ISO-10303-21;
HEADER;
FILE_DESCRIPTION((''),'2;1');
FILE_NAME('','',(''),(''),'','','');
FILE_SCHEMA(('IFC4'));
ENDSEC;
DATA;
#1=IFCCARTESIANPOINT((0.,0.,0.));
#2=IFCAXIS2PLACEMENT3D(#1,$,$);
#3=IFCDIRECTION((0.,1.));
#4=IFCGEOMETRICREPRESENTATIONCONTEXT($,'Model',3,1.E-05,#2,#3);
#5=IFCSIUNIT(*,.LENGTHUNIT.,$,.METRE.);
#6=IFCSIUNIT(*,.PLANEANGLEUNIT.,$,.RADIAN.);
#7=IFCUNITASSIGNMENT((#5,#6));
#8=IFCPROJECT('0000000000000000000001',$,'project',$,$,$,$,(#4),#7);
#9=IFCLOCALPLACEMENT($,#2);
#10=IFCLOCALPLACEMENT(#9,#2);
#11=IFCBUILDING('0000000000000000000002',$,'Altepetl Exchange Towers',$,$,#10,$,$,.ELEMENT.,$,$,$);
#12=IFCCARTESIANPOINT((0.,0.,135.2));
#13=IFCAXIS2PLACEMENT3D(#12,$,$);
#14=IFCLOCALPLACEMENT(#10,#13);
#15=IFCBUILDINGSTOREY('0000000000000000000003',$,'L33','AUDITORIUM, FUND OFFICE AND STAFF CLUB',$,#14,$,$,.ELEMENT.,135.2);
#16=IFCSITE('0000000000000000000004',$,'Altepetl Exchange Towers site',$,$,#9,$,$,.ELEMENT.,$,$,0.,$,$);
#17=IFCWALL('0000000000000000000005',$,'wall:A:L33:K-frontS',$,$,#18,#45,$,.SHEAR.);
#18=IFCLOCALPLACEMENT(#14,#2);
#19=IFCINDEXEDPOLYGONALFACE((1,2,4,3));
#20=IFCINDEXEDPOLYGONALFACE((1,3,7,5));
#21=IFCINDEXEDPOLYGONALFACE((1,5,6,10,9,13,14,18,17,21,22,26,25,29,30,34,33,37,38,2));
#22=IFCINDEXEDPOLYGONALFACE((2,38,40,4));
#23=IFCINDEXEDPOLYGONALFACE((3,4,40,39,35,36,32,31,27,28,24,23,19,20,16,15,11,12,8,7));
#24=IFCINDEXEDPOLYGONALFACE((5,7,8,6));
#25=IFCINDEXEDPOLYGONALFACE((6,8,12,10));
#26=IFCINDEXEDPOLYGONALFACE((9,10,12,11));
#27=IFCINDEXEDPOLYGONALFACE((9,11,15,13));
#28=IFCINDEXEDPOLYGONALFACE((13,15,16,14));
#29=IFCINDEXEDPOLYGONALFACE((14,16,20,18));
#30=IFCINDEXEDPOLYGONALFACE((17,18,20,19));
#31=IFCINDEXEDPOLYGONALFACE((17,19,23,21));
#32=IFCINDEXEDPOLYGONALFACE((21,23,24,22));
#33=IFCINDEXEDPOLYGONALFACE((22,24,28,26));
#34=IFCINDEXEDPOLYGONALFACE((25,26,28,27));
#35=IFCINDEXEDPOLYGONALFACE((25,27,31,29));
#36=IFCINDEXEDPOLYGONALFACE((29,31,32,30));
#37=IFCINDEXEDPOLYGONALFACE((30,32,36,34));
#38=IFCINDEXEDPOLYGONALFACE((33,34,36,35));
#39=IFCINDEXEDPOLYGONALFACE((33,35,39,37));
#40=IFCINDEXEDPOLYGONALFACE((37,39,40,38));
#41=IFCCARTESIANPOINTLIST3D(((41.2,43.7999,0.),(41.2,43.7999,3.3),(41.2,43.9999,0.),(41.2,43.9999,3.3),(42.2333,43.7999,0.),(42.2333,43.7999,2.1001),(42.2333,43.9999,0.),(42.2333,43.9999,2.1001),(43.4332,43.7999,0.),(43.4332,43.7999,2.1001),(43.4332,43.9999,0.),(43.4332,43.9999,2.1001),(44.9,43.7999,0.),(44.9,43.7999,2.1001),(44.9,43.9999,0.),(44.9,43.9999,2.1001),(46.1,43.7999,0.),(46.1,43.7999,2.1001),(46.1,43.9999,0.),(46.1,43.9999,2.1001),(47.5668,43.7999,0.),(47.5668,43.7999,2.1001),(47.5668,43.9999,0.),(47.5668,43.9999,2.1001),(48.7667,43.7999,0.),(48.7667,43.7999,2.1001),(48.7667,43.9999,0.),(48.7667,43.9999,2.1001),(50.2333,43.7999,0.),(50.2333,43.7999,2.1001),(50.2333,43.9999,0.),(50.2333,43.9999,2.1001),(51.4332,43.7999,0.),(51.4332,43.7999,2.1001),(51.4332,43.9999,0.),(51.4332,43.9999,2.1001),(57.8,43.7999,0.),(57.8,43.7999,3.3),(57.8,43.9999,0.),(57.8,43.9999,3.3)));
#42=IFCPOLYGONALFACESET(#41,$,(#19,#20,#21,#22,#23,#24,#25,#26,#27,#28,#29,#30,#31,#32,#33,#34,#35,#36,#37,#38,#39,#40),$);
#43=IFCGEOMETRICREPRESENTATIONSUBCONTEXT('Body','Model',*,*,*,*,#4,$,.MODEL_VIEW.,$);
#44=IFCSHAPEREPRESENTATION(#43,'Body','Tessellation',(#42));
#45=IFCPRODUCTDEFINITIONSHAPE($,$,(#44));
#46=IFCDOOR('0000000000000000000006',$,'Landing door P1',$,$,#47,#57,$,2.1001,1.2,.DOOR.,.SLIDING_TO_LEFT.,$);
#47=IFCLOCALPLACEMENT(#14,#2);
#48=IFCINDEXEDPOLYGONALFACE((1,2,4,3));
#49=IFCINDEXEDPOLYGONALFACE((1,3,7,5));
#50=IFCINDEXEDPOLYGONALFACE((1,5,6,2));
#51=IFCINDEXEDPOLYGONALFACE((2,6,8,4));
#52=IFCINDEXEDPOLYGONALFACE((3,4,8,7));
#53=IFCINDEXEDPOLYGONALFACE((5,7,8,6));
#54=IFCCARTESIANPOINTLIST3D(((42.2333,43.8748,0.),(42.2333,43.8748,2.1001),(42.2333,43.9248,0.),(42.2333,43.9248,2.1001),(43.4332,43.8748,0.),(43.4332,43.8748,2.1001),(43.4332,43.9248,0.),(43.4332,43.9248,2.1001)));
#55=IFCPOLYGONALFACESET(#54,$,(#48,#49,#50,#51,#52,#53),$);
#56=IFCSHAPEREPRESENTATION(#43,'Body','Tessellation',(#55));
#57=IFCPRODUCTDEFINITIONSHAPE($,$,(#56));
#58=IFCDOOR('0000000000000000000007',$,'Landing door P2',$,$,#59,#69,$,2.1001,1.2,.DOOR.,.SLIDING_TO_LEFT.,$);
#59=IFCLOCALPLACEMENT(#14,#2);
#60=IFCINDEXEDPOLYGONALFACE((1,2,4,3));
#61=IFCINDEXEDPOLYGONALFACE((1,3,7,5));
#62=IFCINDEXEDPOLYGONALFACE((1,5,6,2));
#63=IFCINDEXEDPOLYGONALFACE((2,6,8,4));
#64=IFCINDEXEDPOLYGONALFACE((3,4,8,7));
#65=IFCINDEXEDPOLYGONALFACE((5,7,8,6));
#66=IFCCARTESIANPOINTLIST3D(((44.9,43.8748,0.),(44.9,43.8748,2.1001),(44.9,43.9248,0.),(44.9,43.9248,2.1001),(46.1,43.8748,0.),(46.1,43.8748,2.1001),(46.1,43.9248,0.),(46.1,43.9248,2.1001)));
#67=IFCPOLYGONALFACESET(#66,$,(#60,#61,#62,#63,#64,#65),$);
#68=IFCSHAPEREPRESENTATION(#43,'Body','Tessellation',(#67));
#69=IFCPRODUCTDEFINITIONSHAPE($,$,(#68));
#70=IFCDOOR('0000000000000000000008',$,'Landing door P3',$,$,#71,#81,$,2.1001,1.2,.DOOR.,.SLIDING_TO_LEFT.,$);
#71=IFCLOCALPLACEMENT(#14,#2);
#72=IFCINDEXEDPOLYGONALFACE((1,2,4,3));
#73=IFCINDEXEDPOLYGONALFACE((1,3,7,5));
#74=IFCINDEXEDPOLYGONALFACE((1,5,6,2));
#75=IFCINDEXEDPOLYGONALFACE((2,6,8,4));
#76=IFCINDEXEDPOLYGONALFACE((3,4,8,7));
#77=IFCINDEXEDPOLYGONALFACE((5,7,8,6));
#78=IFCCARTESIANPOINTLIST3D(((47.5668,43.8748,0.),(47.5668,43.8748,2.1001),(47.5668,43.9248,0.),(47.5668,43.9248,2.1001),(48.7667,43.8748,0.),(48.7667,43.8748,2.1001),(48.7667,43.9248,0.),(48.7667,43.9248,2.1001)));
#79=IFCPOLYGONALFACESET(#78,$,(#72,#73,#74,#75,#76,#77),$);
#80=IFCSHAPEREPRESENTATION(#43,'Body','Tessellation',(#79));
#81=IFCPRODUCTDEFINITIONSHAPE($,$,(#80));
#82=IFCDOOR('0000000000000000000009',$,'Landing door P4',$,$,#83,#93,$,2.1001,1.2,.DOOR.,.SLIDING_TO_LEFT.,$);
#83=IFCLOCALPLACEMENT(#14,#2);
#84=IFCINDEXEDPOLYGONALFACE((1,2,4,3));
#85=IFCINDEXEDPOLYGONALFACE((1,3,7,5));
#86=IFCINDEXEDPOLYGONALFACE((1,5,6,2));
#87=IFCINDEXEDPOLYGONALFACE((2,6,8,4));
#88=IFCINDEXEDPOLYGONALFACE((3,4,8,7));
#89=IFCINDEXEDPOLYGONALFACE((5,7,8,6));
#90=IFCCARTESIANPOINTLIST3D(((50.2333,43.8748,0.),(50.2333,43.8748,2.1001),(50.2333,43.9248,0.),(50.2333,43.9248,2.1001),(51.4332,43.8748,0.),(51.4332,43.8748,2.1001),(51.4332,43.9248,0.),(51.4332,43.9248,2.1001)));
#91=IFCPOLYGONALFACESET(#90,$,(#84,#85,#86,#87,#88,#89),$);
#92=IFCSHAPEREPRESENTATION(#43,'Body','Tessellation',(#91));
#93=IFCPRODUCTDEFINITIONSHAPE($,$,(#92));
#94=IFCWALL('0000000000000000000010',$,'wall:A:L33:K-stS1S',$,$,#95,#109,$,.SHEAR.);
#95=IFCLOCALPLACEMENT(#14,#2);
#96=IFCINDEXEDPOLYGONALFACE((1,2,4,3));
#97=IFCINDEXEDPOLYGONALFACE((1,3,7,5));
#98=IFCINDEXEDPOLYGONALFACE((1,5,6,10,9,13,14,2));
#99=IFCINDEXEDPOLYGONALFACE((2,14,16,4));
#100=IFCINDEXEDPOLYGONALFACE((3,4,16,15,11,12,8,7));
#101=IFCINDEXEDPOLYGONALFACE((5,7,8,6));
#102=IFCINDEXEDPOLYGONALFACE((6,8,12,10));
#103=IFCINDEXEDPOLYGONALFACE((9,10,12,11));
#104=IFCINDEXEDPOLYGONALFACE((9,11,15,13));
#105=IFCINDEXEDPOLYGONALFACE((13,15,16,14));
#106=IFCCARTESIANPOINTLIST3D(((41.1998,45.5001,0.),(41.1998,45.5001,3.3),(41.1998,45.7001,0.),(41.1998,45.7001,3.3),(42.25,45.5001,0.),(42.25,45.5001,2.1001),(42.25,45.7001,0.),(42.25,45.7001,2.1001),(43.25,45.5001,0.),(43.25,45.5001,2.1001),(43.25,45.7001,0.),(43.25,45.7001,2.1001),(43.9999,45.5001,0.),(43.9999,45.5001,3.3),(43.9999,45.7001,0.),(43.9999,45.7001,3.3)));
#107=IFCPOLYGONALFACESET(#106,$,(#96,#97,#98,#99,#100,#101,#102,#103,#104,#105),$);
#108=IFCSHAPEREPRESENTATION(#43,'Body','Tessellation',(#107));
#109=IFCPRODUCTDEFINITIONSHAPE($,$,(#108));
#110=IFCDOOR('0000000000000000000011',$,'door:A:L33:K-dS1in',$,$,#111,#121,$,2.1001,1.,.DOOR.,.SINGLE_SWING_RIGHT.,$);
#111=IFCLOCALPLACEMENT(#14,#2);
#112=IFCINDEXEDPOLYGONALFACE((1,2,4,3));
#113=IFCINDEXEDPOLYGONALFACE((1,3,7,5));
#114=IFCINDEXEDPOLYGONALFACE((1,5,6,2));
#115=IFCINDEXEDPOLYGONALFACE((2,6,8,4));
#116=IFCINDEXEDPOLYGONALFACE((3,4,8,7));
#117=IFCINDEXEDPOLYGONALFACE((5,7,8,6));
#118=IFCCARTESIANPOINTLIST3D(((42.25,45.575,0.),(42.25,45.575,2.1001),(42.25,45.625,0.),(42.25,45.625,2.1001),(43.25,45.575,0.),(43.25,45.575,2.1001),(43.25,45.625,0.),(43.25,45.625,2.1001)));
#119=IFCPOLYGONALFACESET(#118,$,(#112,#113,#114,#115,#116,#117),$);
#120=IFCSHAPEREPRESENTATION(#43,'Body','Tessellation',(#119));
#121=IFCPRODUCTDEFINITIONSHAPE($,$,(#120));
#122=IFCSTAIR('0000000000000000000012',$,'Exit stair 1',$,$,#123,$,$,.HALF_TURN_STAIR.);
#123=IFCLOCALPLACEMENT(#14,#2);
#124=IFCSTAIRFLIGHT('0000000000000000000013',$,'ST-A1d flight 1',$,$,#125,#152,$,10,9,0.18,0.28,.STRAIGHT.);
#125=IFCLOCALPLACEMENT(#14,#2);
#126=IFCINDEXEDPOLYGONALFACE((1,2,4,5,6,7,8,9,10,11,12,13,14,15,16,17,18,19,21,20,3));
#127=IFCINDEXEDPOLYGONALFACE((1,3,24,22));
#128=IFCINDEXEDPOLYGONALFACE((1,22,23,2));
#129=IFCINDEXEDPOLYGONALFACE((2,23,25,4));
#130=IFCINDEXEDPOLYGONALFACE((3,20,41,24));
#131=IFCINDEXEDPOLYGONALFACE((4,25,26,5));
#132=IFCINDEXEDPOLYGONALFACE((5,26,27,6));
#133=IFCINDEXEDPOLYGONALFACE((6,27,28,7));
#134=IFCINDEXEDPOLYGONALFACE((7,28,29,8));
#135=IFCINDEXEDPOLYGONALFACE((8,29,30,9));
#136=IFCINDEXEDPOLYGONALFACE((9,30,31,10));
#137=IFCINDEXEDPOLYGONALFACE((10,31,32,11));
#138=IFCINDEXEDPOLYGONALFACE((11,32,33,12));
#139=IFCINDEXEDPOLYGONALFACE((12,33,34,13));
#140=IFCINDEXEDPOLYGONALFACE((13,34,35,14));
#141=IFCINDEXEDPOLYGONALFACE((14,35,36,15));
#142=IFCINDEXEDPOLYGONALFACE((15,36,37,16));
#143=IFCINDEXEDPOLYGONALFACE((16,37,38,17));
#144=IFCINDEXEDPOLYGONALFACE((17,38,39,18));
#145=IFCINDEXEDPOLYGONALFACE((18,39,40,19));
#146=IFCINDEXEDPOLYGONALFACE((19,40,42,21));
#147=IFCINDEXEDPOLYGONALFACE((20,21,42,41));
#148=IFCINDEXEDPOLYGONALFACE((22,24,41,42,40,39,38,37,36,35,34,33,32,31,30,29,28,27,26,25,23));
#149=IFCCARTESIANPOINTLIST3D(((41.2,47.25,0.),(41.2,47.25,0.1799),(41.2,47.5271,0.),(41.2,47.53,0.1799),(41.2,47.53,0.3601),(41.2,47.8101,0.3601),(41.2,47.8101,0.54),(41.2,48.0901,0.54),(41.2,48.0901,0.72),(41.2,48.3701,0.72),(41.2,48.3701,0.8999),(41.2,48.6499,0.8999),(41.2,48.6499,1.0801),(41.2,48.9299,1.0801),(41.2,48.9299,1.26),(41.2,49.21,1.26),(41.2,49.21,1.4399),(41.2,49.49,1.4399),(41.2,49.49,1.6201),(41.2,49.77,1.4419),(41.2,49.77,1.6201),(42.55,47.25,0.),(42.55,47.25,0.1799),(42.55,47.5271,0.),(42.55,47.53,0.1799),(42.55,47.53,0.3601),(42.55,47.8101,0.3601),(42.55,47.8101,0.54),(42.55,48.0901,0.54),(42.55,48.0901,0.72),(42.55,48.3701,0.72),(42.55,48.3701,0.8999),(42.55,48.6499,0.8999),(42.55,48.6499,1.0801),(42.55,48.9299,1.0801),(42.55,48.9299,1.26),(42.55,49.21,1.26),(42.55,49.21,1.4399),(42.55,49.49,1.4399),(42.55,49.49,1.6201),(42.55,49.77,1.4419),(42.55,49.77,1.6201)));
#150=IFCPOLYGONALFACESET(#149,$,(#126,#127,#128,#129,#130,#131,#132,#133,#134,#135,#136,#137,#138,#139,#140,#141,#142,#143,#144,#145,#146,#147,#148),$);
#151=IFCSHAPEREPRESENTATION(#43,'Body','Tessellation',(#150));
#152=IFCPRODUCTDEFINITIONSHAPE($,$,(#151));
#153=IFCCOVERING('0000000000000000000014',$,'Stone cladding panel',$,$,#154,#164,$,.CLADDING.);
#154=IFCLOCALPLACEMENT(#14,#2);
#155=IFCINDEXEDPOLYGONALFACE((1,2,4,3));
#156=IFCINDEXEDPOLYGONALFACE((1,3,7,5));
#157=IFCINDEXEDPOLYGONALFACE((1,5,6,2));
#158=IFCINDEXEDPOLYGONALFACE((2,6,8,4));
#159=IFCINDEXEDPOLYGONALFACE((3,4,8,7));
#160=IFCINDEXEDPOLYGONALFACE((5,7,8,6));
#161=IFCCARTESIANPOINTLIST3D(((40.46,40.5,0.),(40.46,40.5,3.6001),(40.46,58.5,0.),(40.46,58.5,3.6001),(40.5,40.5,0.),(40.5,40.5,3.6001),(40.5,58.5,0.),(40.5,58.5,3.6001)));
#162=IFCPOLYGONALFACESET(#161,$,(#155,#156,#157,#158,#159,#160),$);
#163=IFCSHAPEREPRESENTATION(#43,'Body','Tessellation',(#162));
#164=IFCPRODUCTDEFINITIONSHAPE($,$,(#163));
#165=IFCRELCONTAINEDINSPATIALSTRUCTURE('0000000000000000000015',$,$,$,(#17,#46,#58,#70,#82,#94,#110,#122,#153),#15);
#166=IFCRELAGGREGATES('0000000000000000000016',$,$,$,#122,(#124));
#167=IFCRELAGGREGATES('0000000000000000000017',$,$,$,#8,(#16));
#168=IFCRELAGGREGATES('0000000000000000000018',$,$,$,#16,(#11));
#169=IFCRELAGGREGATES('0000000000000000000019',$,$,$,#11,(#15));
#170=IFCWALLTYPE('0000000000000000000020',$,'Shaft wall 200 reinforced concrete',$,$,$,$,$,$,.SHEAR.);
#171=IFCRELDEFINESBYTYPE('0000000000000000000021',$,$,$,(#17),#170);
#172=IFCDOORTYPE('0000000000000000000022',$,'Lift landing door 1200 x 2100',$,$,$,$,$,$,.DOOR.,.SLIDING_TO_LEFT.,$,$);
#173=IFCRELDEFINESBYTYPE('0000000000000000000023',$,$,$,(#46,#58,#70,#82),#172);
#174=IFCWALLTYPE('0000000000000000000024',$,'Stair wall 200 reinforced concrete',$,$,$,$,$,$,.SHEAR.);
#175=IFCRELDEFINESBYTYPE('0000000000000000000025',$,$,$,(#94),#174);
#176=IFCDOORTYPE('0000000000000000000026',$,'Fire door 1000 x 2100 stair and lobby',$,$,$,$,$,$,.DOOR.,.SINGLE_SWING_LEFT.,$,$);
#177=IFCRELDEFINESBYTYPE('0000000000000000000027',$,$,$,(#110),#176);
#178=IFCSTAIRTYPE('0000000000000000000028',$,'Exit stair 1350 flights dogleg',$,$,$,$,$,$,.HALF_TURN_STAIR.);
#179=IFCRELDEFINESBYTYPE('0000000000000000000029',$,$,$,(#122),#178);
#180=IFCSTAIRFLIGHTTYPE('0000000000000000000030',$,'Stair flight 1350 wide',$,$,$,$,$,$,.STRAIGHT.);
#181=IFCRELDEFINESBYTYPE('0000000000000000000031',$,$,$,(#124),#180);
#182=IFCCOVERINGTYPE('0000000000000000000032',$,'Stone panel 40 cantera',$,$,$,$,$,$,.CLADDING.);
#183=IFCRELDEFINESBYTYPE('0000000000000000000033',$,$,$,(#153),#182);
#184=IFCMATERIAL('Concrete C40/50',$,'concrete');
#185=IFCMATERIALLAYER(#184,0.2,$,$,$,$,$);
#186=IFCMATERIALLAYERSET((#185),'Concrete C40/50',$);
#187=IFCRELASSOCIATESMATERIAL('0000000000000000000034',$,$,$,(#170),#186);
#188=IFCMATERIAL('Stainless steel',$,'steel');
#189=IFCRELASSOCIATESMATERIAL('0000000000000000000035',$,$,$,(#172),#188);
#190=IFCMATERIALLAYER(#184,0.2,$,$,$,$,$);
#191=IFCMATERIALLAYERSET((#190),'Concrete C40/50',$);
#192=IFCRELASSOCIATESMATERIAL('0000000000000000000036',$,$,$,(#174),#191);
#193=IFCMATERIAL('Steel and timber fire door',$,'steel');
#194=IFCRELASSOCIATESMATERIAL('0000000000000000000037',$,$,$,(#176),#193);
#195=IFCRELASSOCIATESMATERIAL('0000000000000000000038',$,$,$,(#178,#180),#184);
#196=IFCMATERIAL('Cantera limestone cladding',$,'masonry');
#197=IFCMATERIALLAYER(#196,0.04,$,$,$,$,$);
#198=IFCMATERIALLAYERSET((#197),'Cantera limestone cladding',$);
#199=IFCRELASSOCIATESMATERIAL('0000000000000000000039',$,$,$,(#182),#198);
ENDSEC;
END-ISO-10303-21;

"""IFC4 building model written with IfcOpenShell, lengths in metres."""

from ifc_helpers import new_model, si_unit, direction, frame, frame_2d, origin, origin_2d, place, context, subcontext, project, spatial, polyline, rectangle, outline, extrude, material, layer, layer_set, type_object, element, fill, aggregate, save


model = new_model("IFC4")

# Units and contexts
model_context = context("Model", 3, precision=1e-05, world=origin(), true_north=direction((0.0, 1.0)))
body_context = subcontext(model_context, "Body", "Model", "MODEL_VIEW")
ifc_project = project(units=[si_unit("LENGTHUNIT", "METRE"), si_unit("PLANEANGLEUNIT", "RADIAN")], contexts=[model_context])

# Site, building, storey
site_placement = place(None, origin())
site = spatial("IfcSite", under=ifc_project, at=site_placement, Name="Altepetl Exchange Towers site", CompositionType="ELEMENT", RefElevation=0.0)
building_placement = place(site_placement, origin())
building = spatial("IfcBuilding", under=site, at=building_placement, Name="Altepetl Exchange Towers", CompositionType="ELEMENT")
storey_placement = place(building_placement, frame((0.0, 0.0, 135.2)))
storey = spatial("IfcBuildingStorey", under=building, at=storey_placement, Name="L33", Description="AUDITORIUM, FUND OFFICE AND STAFF CLUB", CompositionType="ELEMENT", Elevation=135.2)

# Wall, openings, doors
ifc_material_1 = material(Name="Concrete C40/50", Category="concrete")
ifc_layer_1 = layer(ifc_material_1, 0.2)
ifc_layer_set_1 = layer_set([ifc_layer_1], Name="Concrete C40/50")
wall_type_1 = type_object("IfcWallType", Name="Shaft wall 200 reinforced concrete", PredefinedType="SHEAR", material=ifc_layer_set_1)
wall_1_placement = place(storey_placement, frame((41.2, 43.8999, 0.0)))
wall_1 = element("IfcWall", 1, at=wall_1_placement, inside=storey, type_object=wall_type_1, Name="wall:A:L33:K-frontS", PredefinedType="SHEAR", context=body_context, shape_type="SweptSolid", body=[
    extrude(rectangle(XDim=16.6001, YDim=0.2, at=frame_2d((8.3, 0.0))), origin(), (0.0, 0.0, 1.0), 3.3),
])
opening_1_placement = place(wall_1_placement, frame((1.0332, 0.0, 0.0)))
opening_1 = element("IfcOpeningElement", 2, at=opening_1_placement, cuts=wall_1, PredefinedType="OPENING", context=body_context, shape_type="SweptSolid", body=[
    extrude(rectangle(XDim=1.2, YDim=2.1001, at=frame_2d((0.6001, 1.05))), frame((0.0, 0.1099, 0.0), z_axis=(0.0, -1.0, 0.0), x_axis=(1.0, 0.0, 0.0)), (0.0, 0.0, 1.0), 0.22),
])
opening_2_placement = place(wall_1_placement, frame((3.7, 0.0, 0.0)))
opening_2 = element("IfcOpeningElement", 3, at=opening_2_placement, cuts=wall_1, PredefinedType="OPENING", context=body_context, shape_type="SweptSolid", body=[
    extrude(rectangle(XDim=1.2, YDim=2.1001, at=frame_2d((0.6001, 1.05))), frame((0.0, 0.1099, 0.0), z_axis=(0.0, -1.0, 0.0), x_axis=(1.0, 0.0, 0.0)), (0.0, 0.0, 1.0), 0.22),
])
opening_3_placement = place(wall_1_placement, frame((6.3667, 0.0, 0.0)))
opening_3 = element("IfcOpeningElement", 4, at=opening_3_placement, cuts=wall_1, PredefinedType="OPENING", context=body_context, shape_type="SweptSolid", body=[
    extrude(rectangle(XDim=1.2, YDim=2.1001, at=frame_2d((0.6001, 1.05))), frame((0.0, 0.1099, 0.0), z_axis=(0.0, -1.0, 0.0), x_axis=(1.0, 0.0, 0.0)), (0.0, 0.0, 1.0), 0.22),
])
opening_4_placement = place(wall_1_placement, frame((9.0332, 0.0, 0.0)))
opening_4 = element("IfcOpeningElement", 5, at=opening_4_placement, cuts=wall_1, PredefinedType="OPENING", context=body_context, shape_type="SweptSolid", body=[
    extrude(rectangle(XDim=1.2, YDim=2.1001, at=frame_2d((0.6001, 1.05))), frame((0.0, 0.1099, 0.0), z_axis=(0.0, -1.0, 0.0), x_axis=(1.0, 0.0, 0.0)), (0.0, 0.0, 1.0), 0.22),
])
ifc_material_2 = material(Name="Stainless steel", Category="steel")
door_type_1 = type_object("IfcDoorType", Name="Lift landing door 1200 x 2100", OperationType="SLIDING_TO_LEFT", PredefinedType="DOOR", material=ifc_material_2)
door_1_placement = place(opening_1_placement, origin())
door_1 = element("IfcDoor", 6, at=door_1_placement, inside=storey, type_object=door_type_1, Name="Landing door P1", OperationType="SLIDING_TO_LEFT", OverallHeight=2.1001, OverallWidth=1.2, PredefinedType="DOOR", context=body_context, shape_type="SweptSolid", body=[
    extrude(rectangle(XDim=1.2, YDim=2.1001, at=frame_2d((0.6001, 1.05))), frame((0.0, 0.0249, 0.0), z_axis=(0.0, -1.0, 0.0), x_axis=(1.0, 0.0, 0.0)), (0.0, 0.0, 1.0), 0.05),
])
fill(opening_1, door_1)
door_2_placement = place(opening_2_placement, origin())
door_2 = element("IfcDoor", 7, at=door_2_placement, inside=storey, type_object=door_type_1, Name="Landing door P2", OperationType="SLIDING_TO_LEFT", OverallHeight=2.1001, OverallWidth=1.2, PredefinedType="DOOR", context=body_context, shape_type="SweptSolid", body=[
    extrude(rectangle(XDim=1.2, YDim=2.1001, at=frame_2d((0.6001, 1.05))), frame((0.0, 0.0249, 0.0), z_axis=(0.0, -1.0, 0.0), x_axis=(1.0, 0.0, 0.0)), (0.0, 0.0, 1.0), 0.05),
])
fill(opening_2, door_2)
door_3_placement = place(opening_3_placement, origin())
door_3 = element("IfcDoor", 8, at=door_3_placement, inside=storey, type_object=door_type_1, Name="Landing door P3", OperationType="SLIDING_TO_LEFT", OverallHeight=2.1001, OverallWidth=1.2, PredefinedType="DOOR", context=body_context, shape_type="SweptSolid", body=[
    extrude(rectangle(XDim=1.2, YDim=2.1001, at=frame_2d((0.6001, 1.05))), frame((0.0, 0.0249, 0.0), z_axis=(0.0, -1.0, 0.0), x_axis=(1.0, 0.0, 0.0)), (0.0, 0.0, 1.0), 0.05),
])
fill(opening_3, door_3)
door_4_placement = place(opening_4_placement, origin())
door_4 = element("IfcDoor", 9, at=door_4_placement, inside=storey, type_object=door_type_1, Name="Landing door P4", OperationType="SLIDING_TO_LEFT", OverallHeight=2.1001, OverallWidth=1.2, PredefinedType="DOOR", context=body_context, shape_type="SweptSolid", body=[
    extrude(rectangle(XDim=1.2, YDim=2.1001, at=frame_2d((0.6001, 1.05))), frame((0.0, 0.0249, 0.0), z_axis=(0.0, -1.0, 0.0), x_axis=(1.0, 0.0, 0.0)), (0.0, 0.0, 1.0), 0.05),
])
fill(opening_4, door_4)

# Wall, opening, door
ifc_layer_2 = layer(ifc_material_1, 0.2)
ifc_layer_set_2 = layer_set([ifc_layer_2], Name="Concrete C40/50")
wall_type_2 = type_object("IfcWallType", Name="Stair wall 200 reinforced concrete", PredefinedType="SHEAR", material=ifc_layer_set_2)
wall_2_placement = place(storey_placement, frame((41.2, 45.6001, 0.0)))
wall_2 = element("IfcWall", 10, at=wall_2_placement, inside=storey, type_object=wall_type_2, Name="wall:A:L33:K-stS1S", PredefinedType="SHEAR", context=body_context, shape_type="SweptSolid", body=[
    extrude(rectangle(XDim=2.8, YDim=0.2, at=frame_2d((1.3999, 0.0))), origin(), (0.0, 0.0, 1.0), 3.3),
])
opening_5_placement = place(wall_2_placement, frame((1.05, 0.0, 0.0)))
opening_5 = element("IfcOpeningElement", 11, at=opening_5_placement, cuts=wall_2, PredefinedType="OPENING", context=body_context, shape_type="SweptSolid", body=[
    extrude(rectangle(XDim=1.0, YDim=2.1001, at=frame_2d((0.5, 1.05))), frame((0.0, 0.1099, 0.0), z_axis=(0.0, -1.0, 0.0), x_axis=(1.0, 0.0, 0.0)), (0.0, 0.0, 1.0), 0.22),
])
ifc_material_3 = material(Name="Steel and timber fire door", Category="steel")
door_type_2 = type_object("IfcDoorType", Name="Fire door 1000 x 2100 stair and lobby", OperationType="SINGLE_SWING_LEFT", PredefinedType="DOOR", material=ifc_material_3)
door_5_placement = place(opening_5_placement, origin())
door_5 = element("IfcDoor", 12, at=door_5_placement, inside=storey, type_object=door_type_2, Name="door:A:L33:K-dS1in", OperationType="SINGLE_SWING_RIGHT", OverallHeight=2.1001, OverallWidth=1.0, PredefinedType="DOOR", context=body_context, shape_type="SweptSolid", body=[
    extrude(rectangle(XDim=1.0, YDim=2.1001, at=frame_2d((0.5, 1.05))), frame((0.0, 0.0249, 0.0), z_axis=(0.0, -1.0, 0.0), x_axis=(1.0, 0.0, 0.0)), (0.0, 0.0, 1.0), 0.05),
])
fill(opening_5, door_5)

# Stair, stair flight
stair_type = type_object("IfcStairType", Name="Exit stair 1350 flights dogleg", PredefinedType="HALF_TURN_STAIR", material=ifc_material_1)
stair_placement = place(storey_placement, origin())
stair = element("IfcStair", 13, at=stair_placement, inside=storey, type_object=stair_type, Name="Exit stair 1", PredefinedType="HALF_TURN_STAIR")
stair_flight_type = type_object("IfcStairFlightType", Name="Stair flight 1350 wide", PredefinedType="STRAIGHT", material=ifc_material_1)
stair_flight_placement = place(storey_placement, frame((41.875, 47.25, 0.0), z_axis=(0.0, 0.0, 1.0), x_axis=(0.0, 1.0, 0.0)))
stair_flight = element("IfcStairFlight", 14, at=stair_flight_placement, type_object=stair_flight_type, Name="ST-A1d flight 1", NumberOfRisers=10, NumberOfTreads=9, PredefinedType="STRAIGHT", RiserHeight=0.18, TreadLength=0.28, context=body_context, shape_type="SweptSolid", body=[
    extrude(outline(polyline([(0.0, 0.0), (0.0, 0.1799), (0.28, 0.1799), (0.28, 0.3601), (0.5601, 0.3601), (0.5601, 0.54), (0.8401, 0.54), (0.8401, 0.72), (1.1201, 0.72), (1.1201, 0.8999), (1.3999, 0.8999), (1.3999, 1.0801), (1.6799, 1.0801), (1.6799, 1.26), (1.96, 1.26), (1.96, 1.4399), (2.24, 1.4399), (2.24, 1.6201), (2.52, 1.6201), (2.52, 1.8), (2.52, 1.4419), (0.2771, 0.0), (0.0, 0.0)])), frame((0.0, 0.675, 0.0), z_axis=(0.0, -1.0, 0.0), x_axis=(1.0, 0.0, 0.0)), (0.0, 0.0, 1.0), 1.3501),
])
aggregate(stair, [stair_flight])

# Covering
ifc_material_4 = material(Name="Cantera limestone cladding", Category="masonry")
ifc_layer_3 = layer(ifc_material_4, 0.04)
ifc_layer_set_3 = layer_set([ifc_layer_3], Name="Cantera limestone cladding")
covering_type = type_object("IfcCoveringType", Name="Stone panel 40 cantera", PredefinedType="CLADDING", material=ifc_layer_set_3)
covering_placement = place(storey_placement, frame((40.48, 49.5, 0.0), z_axis=(0.0, 0.0, 1.0), x_axis=(0.0, -1.0, 0.0)))
element("IfcCovering", 15, at=covering_placement, inside=storey, type_object=covering_type, Name="Stone cladding panel", PredefinedType="CLADDING", context=body_context, shape_type="SweptSolid", body=[
    extrude(rectangle(XDim=18.0, YDim=0.04, at=origin_2d()), origin(), (0.0, 0.0, 1.0), 3.6001),
])

save(model, "model.ifc")
